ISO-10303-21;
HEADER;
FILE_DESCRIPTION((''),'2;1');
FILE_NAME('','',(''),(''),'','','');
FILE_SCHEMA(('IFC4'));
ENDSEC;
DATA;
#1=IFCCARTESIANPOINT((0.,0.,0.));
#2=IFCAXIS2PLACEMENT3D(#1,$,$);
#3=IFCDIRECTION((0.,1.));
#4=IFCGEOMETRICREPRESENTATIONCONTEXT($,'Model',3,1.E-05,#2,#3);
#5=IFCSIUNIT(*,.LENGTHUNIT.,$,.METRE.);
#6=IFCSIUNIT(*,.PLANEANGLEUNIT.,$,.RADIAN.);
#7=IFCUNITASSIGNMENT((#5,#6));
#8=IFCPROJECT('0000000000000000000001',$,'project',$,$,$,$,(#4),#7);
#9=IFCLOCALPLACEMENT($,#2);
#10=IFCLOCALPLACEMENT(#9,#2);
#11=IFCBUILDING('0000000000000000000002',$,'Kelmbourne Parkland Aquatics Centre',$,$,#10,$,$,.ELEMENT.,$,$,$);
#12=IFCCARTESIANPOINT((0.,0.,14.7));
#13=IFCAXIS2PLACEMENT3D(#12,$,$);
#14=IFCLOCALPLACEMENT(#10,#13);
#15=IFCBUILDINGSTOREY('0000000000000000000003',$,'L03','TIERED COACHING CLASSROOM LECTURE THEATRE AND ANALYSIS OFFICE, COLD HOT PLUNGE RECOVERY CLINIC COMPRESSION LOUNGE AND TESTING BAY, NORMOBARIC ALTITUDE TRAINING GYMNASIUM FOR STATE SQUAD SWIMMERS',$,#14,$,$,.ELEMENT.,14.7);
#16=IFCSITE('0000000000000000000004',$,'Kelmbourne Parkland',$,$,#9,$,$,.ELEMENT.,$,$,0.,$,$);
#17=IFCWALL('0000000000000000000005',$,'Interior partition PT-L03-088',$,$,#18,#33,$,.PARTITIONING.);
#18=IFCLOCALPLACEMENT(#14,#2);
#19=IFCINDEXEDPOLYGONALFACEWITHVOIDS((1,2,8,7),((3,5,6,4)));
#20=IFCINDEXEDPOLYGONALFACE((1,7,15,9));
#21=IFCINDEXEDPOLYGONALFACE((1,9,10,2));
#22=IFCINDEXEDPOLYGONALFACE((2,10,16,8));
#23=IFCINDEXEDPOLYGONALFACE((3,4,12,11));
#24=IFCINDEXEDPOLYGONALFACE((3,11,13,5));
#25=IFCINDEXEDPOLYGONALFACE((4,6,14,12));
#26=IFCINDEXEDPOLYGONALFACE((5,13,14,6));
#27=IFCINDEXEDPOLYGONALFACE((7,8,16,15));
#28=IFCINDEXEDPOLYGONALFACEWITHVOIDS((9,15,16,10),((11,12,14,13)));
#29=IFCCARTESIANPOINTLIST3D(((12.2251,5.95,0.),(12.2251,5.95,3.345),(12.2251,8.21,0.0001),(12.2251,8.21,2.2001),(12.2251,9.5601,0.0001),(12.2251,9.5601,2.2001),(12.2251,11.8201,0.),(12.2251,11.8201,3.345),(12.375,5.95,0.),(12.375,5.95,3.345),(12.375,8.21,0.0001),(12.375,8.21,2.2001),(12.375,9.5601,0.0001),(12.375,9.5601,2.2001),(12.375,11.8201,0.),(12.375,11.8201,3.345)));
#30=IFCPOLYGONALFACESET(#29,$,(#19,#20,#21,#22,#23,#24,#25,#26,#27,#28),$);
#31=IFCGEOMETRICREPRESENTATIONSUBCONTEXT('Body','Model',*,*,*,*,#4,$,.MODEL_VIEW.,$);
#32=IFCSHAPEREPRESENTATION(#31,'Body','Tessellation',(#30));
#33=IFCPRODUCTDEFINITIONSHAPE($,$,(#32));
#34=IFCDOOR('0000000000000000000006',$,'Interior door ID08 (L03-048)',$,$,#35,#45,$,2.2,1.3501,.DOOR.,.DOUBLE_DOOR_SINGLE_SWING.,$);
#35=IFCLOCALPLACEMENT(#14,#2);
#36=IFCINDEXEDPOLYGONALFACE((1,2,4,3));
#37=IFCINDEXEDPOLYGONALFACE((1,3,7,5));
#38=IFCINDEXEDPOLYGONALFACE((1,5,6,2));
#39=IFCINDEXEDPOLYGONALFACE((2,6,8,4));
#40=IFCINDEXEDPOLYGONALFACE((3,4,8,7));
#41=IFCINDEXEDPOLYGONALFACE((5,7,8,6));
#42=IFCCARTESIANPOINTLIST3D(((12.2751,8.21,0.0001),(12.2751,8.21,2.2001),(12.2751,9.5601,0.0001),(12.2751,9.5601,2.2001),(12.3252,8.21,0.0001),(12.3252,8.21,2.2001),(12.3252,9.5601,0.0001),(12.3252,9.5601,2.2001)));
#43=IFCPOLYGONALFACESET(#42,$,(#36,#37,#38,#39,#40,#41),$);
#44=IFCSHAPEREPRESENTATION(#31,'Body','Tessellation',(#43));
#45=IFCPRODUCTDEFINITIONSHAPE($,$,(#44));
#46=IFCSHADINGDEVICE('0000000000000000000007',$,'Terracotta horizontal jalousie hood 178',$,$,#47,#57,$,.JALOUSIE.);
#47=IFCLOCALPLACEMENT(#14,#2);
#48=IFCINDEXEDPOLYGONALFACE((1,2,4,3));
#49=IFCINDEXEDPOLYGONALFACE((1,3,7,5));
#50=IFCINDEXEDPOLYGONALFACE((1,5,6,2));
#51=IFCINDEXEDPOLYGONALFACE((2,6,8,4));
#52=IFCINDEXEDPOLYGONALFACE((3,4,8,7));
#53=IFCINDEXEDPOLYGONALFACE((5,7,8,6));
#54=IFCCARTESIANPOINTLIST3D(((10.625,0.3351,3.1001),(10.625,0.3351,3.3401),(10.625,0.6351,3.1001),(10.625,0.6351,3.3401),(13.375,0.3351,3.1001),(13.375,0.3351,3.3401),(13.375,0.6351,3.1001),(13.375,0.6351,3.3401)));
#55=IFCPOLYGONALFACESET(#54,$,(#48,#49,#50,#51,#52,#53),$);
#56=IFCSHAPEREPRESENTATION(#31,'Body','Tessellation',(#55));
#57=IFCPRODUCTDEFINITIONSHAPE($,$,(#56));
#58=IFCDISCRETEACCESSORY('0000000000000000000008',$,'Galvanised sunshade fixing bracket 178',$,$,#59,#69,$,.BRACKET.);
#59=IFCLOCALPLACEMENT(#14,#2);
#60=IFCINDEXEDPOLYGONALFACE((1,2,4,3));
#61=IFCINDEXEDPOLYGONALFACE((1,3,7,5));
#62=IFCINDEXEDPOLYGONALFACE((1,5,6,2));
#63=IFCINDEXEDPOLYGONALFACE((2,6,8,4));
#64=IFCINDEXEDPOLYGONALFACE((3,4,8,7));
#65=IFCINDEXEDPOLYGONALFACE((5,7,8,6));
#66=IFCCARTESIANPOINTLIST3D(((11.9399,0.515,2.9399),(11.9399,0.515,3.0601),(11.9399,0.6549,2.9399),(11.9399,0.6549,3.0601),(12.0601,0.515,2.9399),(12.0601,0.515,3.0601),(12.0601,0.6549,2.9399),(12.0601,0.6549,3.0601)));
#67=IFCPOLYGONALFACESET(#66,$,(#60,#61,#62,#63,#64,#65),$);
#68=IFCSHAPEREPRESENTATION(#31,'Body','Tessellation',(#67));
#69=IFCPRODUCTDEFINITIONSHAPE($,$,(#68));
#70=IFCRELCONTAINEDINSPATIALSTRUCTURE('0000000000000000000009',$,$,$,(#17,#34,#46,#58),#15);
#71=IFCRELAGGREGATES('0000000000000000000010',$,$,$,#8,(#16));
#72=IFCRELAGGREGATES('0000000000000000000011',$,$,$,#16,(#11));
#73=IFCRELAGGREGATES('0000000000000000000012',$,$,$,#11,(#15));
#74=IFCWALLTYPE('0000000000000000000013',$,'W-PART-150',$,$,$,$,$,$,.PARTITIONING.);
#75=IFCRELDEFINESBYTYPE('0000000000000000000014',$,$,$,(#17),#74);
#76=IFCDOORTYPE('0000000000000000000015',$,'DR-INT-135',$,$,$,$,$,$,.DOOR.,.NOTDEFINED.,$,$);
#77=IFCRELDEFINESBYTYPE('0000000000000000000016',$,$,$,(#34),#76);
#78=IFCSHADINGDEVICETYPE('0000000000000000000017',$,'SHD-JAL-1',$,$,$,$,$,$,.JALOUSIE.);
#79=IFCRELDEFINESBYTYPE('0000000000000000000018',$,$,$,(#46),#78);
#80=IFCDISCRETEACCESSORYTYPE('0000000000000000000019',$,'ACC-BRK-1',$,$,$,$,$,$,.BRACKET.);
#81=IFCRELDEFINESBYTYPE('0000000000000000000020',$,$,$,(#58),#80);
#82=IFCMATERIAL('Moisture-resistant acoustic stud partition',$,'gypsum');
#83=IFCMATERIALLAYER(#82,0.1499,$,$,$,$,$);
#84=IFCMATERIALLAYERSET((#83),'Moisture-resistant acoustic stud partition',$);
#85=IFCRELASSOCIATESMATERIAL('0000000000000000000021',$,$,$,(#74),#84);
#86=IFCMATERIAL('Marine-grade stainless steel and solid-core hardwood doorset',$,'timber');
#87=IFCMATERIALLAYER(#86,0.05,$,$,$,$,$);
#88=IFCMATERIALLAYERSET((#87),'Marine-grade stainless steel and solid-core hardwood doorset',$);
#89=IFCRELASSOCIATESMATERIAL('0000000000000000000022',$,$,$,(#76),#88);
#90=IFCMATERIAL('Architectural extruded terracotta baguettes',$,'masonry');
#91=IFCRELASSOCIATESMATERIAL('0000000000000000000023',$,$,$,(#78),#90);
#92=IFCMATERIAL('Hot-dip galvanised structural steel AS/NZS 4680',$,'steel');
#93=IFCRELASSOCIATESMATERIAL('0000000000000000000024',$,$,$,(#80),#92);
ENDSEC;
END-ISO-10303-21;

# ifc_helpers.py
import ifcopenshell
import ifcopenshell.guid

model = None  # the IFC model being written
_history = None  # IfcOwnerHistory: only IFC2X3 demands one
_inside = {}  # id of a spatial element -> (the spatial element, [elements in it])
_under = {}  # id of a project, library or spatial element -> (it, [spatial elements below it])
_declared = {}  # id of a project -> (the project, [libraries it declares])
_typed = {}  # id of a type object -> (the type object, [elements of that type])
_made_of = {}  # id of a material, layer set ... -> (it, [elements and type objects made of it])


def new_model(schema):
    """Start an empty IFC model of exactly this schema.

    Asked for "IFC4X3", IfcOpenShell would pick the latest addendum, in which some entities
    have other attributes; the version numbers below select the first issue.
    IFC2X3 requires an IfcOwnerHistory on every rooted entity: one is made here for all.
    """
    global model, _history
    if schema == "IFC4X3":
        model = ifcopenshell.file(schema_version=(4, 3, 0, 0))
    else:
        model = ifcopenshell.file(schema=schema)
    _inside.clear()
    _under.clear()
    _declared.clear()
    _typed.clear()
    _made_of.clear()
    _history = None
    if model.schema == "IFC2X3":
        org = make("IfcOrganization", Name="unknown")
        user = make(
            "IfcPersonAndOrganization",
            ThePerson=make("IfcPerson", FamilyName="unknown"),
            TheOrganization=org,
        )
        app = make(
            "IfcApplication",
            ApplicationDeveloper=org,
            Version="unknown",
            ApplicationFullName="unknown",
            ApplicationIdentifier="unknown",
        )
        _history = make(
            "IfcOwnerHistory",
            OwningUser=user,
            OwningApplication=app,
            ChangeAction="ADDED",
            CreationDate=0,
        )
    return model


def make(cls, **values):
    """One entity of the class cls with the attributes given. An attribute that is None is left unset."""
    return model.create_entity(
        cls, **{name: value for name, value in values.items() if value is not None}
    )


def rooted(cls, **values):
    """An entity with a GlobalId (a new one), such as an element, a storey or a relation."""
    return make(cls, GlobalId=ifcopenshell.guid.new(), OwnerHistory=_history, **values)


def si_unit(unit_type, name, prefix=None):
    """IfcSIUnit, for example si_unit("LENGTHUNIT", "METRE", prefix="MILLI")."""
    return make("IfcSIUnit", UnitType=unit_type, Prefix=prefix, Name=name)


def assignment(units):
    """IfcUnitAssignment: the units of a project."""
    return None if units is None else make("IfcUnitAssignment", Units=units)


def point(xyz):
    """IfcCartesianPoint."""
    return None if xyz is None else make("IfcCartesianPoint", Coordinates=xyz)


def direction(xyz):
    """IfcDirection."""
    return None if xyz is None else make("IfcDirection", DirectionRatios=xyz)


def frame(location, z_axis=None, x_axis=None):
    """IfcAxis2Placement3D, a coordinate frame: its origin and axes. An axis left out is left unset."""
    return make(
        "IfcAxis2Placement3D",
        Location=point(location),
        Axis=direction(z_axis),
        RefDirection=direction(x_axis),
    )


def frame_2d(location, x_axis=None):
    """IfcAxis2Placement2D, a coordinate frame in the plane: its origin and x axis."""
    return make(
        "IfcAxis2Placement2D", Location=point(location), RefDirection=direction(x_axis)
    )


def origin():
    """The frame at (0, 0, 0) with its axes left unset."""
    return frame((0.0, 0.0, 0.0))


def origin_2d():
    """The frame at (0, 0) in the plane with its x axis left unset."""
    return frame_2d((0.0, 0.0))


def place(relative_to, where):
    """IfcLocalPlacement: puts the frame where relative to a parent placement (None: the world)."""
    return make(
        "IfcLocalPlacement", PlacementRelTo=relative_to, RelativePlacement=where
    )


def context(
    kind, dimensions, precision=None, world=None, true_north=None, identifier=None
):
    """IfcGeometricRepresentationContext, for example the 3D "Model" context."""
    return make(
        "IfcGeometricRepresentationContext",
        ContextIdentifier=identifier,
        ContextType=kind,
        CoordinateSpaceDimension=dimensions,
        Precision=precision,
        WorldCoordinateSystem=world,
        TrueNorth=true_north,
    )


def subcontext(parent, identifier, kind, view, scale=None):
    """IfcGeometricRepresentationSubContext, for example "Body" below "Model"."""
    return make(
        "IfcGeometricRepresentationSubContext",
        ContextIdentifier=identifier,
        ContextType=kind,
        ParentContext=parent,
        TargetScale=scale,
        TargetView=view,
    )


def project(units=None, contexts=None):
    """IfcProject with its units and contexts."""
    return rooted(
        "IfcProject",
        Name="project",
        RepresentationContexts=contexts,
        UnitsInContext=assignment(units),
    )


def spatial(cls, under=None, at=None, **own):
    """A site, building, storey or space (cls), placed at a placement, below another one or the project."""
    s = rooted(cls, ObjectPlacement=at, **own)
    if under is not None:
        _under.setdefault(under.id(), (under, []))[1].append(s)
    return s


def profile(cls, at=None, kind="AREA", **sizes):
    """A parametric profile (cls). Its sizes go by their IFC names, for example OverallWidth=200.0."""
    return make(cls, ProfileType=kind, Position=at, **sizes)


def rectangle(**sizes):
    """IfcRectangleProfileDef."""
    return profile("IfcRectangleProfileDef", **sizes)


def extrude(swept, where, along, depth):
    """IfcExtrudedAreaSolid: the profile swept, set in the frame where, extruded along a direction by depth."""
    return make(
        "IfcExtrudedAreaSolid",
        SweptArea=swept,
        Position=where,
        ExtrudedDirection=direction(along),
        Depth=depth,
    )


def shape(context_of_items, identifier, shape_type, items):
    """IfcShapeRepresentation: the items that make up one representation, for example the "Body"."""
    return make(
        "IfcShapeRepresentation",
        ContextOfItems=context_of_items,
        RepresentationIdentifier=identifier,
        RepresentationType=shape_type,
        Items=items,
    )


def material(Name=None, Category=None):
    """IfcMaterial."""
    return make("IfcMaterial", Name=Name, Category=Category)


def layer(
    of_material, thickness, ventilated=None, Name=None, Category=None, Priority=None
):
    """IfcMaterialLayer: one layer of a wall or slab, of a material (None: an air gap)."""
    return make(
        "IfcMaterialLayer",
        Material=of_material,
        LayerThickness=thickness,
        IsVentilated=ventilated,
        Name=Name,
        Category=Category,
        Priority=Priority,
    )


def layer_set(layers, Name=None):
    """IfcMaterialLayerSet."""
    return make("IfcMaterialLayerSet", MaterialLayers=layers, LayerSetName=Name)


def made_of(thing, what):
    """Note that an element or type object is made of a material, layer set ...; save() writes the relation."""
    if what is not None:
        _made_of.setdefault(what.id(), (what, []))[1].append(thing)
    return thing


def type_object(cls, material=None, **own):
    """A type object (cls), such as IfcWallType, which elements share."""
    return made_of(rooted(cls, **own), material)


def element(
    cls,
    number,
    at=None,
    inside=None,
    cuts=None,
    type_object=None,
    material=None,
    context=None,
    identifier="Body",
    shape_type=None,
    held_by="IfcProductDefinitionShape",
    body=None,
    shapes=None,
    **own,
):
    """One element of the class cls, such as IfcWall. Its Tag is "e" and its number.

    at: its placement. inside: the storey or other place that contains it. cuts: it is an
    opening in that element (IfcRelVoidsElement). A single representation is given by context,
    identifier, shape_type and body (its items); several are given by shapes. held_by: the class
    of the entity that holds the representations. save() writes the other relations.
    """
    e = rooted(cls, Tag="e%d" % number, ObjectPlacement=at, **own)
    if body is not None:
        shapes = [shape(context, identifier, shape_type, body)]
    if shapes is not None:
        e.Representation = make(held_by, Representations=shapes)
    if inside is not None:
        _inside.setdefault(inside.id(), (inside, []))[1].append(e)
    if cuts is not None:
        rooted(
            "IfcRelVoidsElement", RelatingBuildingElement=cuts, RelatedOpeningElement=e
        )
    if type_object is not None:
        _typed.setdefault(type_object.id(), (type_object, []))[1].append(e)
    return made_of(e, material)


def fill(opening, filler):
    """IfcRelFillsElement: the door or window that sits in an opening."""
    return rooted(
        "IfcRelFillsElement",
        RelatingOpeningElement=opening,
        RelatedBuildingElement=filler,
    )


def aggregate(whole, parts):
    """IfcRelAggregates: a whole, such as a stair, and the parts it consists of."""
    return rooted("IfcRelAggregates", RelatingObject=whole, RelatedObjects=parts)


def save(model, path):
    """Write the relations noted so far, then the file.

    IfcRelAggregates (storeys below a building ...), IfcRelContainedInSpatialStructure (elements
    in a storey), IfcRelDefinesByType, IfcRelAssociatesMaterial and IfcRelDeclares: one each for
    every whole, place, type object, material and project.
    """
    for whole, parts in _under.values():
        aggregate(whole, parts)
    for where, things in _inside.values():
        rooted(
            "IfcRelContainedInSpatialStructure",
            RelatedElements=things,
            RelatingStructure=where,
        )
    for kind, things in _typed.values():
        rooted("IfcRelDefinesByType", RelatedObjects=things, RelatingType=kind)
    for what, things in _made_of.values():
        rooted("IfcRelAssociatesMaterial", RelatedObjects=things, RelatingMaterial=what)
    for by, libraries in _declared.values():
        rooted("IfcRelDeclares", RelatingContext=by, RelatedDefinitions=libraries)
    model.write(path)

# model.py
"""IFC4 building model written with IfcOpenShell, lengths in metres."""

from ifc_helpers import new_model, si_unit, direction, frame, frame_2d, origin, origin_2d, place, context, subcontext, project, spatial, rectangle, extrude, material, layer, layer_set, type_object, element, fill, save


model = new_model("IFC4")

# Units and contexts
model_context = context("Model", 3, precision=1e-05, world=origin(), true_north=direction((0.0, 1.0)))
body_context = subcontext(model_context, "Body", "Model", "MODEL_VIEW")
ifc_project = project(units=[si_unit("LENGTHUNIT", "METRE"), si_unit("PLANEANGLEUNIT", "RADIAN")], contexts=[model_context])

# Site, building, storey
site_placement = place(None, origin())
site = spatial("IfcSite", under=ifc_project, at=site_placement, Name="Kelmbourne Parkland", CompositionType="ELEMENT", RefElevation=0.0)
building_placement = place(site_placement, origin())
building = spatial("IfcBuilding", under=site, at=building_placement, Name="Kelmbourne Parkland Aquatics Centre", CompositionType="ELEMENT")
storey_placement = place(building_placement, frame((0.0, 0.0, 14.7)))
storey = spatial("IfcBuildingStorey", under=building, at=storey_placement, Name="L03", Description="TIERED COACHING CLASSROOM LECTURE THEATRE AND ANALYSIS OFFICE, COLD HOT PLUNGE RECOVERY CLINIC COMPRESSION LOUNGE AND TESTING BAY, NORMOBARIC ALTITUDE TRAINING GYMNASIUM FOR STATE SQUAD SWIMMERS", CompositionType="ELEMENT", Elevation=14.7)

# Wall, opening, door
ifc_material_1 = material(Name="Moisture-resistant acoustic stud partition", Category="gypsum")
ifc_layer_1 = layer(ifc_material_1, 0.1499)
ifc_layer_set_1 = layer_set([ifc_layer_1], Name="Moisture-resistant acoustic stud partition")
wall_type_1 = type_object("IfcWallType", Name="W-PART-150", PredefinedType="PARTITIONING", material=ifc_layer_set_1)
wall_1_placement = place(storey_placement, frame((12.3, 5.95, 0.0), z_axis=(0.0, 0.0, 1.0), x_axis=(0.0, 1.0, 0.0)))
wall_1 = element("IfcWall", 1, at=wall_1_placement, inside=storey, type_object=wall_type_1, Name="Interior partition PT-L03-088", PredefinedType="PARTITIONING", context=body_context, shape_type="SweptSolid", body=[
    extrude(rectangle(XDim=5.8701, YDim=0.1499, at=frame_2d((2.9351, 0.0))), origin(), (0.0, 0.0, 1.0), 3.345),
])
opening_1_placement = place(wall_1_placement, frame((2.26, 0.0, 0.0)))
opening_1 = element("IfcOpeningElement", 2, at=opening_1_placement, cuts=wall_1, PredefinedType="OPENING", context=body_context, shape_type="SweptSolid", body=[
    extrude(rectangle(XDim=1.3501, YDim=2.2, at=frame_2d((0.675, 1.1001))), frame((0.0, 0.0869, 0.0), z_axis=(0.0, -1.0, 0.0), x_axis=(1.0, 0.0, 0.0)), (0.0, 0.0, 1.0), 0.1738),
])
ifc_material_2 = material(Name="Marine-grade stainless steel and solid-core hardwood doorset", Category="timber")
ifc_layer_2 = layer(ifc_material_2, 0.05)
ifc_layer_set_2 = layer_set([ifc_layer_2], Name="Marine-grade stainless steel and solid-core hardwood doorset")
door_type_1 = type_object("IfcDoorType", Name="DR-INT-135", OperationType="NOTDEFINED", PredefinedType="DOOR", material=ifc_layer_set_2)
door_1_placement = place(opening_1_placement, origin())
door_1 = element("IfcDoor", 3, at=door_1_placement, inside=storey, type_object=door_type_1, Name="Interior door ID08 (L03-048)", OperationType="DOUBLE_DOOR_SINGLE_SWING", OverallHeight=2.2, OverallWidth=1.3501, PredefinedType="DOOR", context=body_context, shape_type="SweptSolid", body=[
    extrude(rectangle(XDim=1.3501, YDim=2.2, at=frame_2d((0.675, 1.1001))), frame((0.0, 0.0249, 0.0), z_axis=(0.0, -1.0, 0.0), x_axis=(1.0, 0.0, 0.0)), (0.0, 0.0, 1.0), 0.05),
])
fill(opening_1, door_1)

# Shading device
ifc_material_3 = material(Name="Architectural extruded terracotta baguettes", Category="masonry")
shading_device_type = type_object("IfcShadingDeviceType", Name="SHD-JAL-1", PredefinedType="JALOUSIE", material=ifc_material_3)
shading_device_placement = place(storey_placement, frame((12.0, 0.4851, 3.1001), z_axis=(0.0, 0.0, 1.0), x_axis=(1.0, 0.0, 0.0)))
element("IfcShadingDevice", 4, at=shading_device_placement, inside=storey, type_object=shading_device_type, Name="Terracotta horizontal jalousie hood 178", PredefinedType="JALOUSIE", context=body_context, shape_type="SweptSolid", body=[
    extrude(rectangle(XDim=2.75, YDim=0.3, at=origin_2d()), origin(), (0.0, 0.0, 1.0), 0.24),
])

# Discrete accessory
ifc_material_4 = material(Name="Hot-dip galvanised structural steel AS/NZS 4680", Category="steel")
discrete_accessory_type = type_object("IfcDiscreteAccessoryType", Name="ACC-BRK-1", PredefinedType="BRACKET", material=ifc_material_4)
discrete_accessory_placement = place(storey_placement, frame((12.0, 0.585, 2.9399), z_axis=(0.0, 0.0, 1.0), x_axis=(1.0, 0.0, 0.0)))
element("IfcDiscreteAccessory", 5, at=discrete_accessory_placement, inside=storey, type_object=discrete_accessory_type, Name="Galvanised sunshade fixing bracket 178", PredefinedType="BRACKET", context=body_context, shape_type="SweptSolid", body=[
    extrude(rectangle(XDim=0.1201, YDim=0.1399, at=origin_2d()), origin(), (0.0, 0.0, 1.0), 0.1201),
])

save(model, "model.ifc")
